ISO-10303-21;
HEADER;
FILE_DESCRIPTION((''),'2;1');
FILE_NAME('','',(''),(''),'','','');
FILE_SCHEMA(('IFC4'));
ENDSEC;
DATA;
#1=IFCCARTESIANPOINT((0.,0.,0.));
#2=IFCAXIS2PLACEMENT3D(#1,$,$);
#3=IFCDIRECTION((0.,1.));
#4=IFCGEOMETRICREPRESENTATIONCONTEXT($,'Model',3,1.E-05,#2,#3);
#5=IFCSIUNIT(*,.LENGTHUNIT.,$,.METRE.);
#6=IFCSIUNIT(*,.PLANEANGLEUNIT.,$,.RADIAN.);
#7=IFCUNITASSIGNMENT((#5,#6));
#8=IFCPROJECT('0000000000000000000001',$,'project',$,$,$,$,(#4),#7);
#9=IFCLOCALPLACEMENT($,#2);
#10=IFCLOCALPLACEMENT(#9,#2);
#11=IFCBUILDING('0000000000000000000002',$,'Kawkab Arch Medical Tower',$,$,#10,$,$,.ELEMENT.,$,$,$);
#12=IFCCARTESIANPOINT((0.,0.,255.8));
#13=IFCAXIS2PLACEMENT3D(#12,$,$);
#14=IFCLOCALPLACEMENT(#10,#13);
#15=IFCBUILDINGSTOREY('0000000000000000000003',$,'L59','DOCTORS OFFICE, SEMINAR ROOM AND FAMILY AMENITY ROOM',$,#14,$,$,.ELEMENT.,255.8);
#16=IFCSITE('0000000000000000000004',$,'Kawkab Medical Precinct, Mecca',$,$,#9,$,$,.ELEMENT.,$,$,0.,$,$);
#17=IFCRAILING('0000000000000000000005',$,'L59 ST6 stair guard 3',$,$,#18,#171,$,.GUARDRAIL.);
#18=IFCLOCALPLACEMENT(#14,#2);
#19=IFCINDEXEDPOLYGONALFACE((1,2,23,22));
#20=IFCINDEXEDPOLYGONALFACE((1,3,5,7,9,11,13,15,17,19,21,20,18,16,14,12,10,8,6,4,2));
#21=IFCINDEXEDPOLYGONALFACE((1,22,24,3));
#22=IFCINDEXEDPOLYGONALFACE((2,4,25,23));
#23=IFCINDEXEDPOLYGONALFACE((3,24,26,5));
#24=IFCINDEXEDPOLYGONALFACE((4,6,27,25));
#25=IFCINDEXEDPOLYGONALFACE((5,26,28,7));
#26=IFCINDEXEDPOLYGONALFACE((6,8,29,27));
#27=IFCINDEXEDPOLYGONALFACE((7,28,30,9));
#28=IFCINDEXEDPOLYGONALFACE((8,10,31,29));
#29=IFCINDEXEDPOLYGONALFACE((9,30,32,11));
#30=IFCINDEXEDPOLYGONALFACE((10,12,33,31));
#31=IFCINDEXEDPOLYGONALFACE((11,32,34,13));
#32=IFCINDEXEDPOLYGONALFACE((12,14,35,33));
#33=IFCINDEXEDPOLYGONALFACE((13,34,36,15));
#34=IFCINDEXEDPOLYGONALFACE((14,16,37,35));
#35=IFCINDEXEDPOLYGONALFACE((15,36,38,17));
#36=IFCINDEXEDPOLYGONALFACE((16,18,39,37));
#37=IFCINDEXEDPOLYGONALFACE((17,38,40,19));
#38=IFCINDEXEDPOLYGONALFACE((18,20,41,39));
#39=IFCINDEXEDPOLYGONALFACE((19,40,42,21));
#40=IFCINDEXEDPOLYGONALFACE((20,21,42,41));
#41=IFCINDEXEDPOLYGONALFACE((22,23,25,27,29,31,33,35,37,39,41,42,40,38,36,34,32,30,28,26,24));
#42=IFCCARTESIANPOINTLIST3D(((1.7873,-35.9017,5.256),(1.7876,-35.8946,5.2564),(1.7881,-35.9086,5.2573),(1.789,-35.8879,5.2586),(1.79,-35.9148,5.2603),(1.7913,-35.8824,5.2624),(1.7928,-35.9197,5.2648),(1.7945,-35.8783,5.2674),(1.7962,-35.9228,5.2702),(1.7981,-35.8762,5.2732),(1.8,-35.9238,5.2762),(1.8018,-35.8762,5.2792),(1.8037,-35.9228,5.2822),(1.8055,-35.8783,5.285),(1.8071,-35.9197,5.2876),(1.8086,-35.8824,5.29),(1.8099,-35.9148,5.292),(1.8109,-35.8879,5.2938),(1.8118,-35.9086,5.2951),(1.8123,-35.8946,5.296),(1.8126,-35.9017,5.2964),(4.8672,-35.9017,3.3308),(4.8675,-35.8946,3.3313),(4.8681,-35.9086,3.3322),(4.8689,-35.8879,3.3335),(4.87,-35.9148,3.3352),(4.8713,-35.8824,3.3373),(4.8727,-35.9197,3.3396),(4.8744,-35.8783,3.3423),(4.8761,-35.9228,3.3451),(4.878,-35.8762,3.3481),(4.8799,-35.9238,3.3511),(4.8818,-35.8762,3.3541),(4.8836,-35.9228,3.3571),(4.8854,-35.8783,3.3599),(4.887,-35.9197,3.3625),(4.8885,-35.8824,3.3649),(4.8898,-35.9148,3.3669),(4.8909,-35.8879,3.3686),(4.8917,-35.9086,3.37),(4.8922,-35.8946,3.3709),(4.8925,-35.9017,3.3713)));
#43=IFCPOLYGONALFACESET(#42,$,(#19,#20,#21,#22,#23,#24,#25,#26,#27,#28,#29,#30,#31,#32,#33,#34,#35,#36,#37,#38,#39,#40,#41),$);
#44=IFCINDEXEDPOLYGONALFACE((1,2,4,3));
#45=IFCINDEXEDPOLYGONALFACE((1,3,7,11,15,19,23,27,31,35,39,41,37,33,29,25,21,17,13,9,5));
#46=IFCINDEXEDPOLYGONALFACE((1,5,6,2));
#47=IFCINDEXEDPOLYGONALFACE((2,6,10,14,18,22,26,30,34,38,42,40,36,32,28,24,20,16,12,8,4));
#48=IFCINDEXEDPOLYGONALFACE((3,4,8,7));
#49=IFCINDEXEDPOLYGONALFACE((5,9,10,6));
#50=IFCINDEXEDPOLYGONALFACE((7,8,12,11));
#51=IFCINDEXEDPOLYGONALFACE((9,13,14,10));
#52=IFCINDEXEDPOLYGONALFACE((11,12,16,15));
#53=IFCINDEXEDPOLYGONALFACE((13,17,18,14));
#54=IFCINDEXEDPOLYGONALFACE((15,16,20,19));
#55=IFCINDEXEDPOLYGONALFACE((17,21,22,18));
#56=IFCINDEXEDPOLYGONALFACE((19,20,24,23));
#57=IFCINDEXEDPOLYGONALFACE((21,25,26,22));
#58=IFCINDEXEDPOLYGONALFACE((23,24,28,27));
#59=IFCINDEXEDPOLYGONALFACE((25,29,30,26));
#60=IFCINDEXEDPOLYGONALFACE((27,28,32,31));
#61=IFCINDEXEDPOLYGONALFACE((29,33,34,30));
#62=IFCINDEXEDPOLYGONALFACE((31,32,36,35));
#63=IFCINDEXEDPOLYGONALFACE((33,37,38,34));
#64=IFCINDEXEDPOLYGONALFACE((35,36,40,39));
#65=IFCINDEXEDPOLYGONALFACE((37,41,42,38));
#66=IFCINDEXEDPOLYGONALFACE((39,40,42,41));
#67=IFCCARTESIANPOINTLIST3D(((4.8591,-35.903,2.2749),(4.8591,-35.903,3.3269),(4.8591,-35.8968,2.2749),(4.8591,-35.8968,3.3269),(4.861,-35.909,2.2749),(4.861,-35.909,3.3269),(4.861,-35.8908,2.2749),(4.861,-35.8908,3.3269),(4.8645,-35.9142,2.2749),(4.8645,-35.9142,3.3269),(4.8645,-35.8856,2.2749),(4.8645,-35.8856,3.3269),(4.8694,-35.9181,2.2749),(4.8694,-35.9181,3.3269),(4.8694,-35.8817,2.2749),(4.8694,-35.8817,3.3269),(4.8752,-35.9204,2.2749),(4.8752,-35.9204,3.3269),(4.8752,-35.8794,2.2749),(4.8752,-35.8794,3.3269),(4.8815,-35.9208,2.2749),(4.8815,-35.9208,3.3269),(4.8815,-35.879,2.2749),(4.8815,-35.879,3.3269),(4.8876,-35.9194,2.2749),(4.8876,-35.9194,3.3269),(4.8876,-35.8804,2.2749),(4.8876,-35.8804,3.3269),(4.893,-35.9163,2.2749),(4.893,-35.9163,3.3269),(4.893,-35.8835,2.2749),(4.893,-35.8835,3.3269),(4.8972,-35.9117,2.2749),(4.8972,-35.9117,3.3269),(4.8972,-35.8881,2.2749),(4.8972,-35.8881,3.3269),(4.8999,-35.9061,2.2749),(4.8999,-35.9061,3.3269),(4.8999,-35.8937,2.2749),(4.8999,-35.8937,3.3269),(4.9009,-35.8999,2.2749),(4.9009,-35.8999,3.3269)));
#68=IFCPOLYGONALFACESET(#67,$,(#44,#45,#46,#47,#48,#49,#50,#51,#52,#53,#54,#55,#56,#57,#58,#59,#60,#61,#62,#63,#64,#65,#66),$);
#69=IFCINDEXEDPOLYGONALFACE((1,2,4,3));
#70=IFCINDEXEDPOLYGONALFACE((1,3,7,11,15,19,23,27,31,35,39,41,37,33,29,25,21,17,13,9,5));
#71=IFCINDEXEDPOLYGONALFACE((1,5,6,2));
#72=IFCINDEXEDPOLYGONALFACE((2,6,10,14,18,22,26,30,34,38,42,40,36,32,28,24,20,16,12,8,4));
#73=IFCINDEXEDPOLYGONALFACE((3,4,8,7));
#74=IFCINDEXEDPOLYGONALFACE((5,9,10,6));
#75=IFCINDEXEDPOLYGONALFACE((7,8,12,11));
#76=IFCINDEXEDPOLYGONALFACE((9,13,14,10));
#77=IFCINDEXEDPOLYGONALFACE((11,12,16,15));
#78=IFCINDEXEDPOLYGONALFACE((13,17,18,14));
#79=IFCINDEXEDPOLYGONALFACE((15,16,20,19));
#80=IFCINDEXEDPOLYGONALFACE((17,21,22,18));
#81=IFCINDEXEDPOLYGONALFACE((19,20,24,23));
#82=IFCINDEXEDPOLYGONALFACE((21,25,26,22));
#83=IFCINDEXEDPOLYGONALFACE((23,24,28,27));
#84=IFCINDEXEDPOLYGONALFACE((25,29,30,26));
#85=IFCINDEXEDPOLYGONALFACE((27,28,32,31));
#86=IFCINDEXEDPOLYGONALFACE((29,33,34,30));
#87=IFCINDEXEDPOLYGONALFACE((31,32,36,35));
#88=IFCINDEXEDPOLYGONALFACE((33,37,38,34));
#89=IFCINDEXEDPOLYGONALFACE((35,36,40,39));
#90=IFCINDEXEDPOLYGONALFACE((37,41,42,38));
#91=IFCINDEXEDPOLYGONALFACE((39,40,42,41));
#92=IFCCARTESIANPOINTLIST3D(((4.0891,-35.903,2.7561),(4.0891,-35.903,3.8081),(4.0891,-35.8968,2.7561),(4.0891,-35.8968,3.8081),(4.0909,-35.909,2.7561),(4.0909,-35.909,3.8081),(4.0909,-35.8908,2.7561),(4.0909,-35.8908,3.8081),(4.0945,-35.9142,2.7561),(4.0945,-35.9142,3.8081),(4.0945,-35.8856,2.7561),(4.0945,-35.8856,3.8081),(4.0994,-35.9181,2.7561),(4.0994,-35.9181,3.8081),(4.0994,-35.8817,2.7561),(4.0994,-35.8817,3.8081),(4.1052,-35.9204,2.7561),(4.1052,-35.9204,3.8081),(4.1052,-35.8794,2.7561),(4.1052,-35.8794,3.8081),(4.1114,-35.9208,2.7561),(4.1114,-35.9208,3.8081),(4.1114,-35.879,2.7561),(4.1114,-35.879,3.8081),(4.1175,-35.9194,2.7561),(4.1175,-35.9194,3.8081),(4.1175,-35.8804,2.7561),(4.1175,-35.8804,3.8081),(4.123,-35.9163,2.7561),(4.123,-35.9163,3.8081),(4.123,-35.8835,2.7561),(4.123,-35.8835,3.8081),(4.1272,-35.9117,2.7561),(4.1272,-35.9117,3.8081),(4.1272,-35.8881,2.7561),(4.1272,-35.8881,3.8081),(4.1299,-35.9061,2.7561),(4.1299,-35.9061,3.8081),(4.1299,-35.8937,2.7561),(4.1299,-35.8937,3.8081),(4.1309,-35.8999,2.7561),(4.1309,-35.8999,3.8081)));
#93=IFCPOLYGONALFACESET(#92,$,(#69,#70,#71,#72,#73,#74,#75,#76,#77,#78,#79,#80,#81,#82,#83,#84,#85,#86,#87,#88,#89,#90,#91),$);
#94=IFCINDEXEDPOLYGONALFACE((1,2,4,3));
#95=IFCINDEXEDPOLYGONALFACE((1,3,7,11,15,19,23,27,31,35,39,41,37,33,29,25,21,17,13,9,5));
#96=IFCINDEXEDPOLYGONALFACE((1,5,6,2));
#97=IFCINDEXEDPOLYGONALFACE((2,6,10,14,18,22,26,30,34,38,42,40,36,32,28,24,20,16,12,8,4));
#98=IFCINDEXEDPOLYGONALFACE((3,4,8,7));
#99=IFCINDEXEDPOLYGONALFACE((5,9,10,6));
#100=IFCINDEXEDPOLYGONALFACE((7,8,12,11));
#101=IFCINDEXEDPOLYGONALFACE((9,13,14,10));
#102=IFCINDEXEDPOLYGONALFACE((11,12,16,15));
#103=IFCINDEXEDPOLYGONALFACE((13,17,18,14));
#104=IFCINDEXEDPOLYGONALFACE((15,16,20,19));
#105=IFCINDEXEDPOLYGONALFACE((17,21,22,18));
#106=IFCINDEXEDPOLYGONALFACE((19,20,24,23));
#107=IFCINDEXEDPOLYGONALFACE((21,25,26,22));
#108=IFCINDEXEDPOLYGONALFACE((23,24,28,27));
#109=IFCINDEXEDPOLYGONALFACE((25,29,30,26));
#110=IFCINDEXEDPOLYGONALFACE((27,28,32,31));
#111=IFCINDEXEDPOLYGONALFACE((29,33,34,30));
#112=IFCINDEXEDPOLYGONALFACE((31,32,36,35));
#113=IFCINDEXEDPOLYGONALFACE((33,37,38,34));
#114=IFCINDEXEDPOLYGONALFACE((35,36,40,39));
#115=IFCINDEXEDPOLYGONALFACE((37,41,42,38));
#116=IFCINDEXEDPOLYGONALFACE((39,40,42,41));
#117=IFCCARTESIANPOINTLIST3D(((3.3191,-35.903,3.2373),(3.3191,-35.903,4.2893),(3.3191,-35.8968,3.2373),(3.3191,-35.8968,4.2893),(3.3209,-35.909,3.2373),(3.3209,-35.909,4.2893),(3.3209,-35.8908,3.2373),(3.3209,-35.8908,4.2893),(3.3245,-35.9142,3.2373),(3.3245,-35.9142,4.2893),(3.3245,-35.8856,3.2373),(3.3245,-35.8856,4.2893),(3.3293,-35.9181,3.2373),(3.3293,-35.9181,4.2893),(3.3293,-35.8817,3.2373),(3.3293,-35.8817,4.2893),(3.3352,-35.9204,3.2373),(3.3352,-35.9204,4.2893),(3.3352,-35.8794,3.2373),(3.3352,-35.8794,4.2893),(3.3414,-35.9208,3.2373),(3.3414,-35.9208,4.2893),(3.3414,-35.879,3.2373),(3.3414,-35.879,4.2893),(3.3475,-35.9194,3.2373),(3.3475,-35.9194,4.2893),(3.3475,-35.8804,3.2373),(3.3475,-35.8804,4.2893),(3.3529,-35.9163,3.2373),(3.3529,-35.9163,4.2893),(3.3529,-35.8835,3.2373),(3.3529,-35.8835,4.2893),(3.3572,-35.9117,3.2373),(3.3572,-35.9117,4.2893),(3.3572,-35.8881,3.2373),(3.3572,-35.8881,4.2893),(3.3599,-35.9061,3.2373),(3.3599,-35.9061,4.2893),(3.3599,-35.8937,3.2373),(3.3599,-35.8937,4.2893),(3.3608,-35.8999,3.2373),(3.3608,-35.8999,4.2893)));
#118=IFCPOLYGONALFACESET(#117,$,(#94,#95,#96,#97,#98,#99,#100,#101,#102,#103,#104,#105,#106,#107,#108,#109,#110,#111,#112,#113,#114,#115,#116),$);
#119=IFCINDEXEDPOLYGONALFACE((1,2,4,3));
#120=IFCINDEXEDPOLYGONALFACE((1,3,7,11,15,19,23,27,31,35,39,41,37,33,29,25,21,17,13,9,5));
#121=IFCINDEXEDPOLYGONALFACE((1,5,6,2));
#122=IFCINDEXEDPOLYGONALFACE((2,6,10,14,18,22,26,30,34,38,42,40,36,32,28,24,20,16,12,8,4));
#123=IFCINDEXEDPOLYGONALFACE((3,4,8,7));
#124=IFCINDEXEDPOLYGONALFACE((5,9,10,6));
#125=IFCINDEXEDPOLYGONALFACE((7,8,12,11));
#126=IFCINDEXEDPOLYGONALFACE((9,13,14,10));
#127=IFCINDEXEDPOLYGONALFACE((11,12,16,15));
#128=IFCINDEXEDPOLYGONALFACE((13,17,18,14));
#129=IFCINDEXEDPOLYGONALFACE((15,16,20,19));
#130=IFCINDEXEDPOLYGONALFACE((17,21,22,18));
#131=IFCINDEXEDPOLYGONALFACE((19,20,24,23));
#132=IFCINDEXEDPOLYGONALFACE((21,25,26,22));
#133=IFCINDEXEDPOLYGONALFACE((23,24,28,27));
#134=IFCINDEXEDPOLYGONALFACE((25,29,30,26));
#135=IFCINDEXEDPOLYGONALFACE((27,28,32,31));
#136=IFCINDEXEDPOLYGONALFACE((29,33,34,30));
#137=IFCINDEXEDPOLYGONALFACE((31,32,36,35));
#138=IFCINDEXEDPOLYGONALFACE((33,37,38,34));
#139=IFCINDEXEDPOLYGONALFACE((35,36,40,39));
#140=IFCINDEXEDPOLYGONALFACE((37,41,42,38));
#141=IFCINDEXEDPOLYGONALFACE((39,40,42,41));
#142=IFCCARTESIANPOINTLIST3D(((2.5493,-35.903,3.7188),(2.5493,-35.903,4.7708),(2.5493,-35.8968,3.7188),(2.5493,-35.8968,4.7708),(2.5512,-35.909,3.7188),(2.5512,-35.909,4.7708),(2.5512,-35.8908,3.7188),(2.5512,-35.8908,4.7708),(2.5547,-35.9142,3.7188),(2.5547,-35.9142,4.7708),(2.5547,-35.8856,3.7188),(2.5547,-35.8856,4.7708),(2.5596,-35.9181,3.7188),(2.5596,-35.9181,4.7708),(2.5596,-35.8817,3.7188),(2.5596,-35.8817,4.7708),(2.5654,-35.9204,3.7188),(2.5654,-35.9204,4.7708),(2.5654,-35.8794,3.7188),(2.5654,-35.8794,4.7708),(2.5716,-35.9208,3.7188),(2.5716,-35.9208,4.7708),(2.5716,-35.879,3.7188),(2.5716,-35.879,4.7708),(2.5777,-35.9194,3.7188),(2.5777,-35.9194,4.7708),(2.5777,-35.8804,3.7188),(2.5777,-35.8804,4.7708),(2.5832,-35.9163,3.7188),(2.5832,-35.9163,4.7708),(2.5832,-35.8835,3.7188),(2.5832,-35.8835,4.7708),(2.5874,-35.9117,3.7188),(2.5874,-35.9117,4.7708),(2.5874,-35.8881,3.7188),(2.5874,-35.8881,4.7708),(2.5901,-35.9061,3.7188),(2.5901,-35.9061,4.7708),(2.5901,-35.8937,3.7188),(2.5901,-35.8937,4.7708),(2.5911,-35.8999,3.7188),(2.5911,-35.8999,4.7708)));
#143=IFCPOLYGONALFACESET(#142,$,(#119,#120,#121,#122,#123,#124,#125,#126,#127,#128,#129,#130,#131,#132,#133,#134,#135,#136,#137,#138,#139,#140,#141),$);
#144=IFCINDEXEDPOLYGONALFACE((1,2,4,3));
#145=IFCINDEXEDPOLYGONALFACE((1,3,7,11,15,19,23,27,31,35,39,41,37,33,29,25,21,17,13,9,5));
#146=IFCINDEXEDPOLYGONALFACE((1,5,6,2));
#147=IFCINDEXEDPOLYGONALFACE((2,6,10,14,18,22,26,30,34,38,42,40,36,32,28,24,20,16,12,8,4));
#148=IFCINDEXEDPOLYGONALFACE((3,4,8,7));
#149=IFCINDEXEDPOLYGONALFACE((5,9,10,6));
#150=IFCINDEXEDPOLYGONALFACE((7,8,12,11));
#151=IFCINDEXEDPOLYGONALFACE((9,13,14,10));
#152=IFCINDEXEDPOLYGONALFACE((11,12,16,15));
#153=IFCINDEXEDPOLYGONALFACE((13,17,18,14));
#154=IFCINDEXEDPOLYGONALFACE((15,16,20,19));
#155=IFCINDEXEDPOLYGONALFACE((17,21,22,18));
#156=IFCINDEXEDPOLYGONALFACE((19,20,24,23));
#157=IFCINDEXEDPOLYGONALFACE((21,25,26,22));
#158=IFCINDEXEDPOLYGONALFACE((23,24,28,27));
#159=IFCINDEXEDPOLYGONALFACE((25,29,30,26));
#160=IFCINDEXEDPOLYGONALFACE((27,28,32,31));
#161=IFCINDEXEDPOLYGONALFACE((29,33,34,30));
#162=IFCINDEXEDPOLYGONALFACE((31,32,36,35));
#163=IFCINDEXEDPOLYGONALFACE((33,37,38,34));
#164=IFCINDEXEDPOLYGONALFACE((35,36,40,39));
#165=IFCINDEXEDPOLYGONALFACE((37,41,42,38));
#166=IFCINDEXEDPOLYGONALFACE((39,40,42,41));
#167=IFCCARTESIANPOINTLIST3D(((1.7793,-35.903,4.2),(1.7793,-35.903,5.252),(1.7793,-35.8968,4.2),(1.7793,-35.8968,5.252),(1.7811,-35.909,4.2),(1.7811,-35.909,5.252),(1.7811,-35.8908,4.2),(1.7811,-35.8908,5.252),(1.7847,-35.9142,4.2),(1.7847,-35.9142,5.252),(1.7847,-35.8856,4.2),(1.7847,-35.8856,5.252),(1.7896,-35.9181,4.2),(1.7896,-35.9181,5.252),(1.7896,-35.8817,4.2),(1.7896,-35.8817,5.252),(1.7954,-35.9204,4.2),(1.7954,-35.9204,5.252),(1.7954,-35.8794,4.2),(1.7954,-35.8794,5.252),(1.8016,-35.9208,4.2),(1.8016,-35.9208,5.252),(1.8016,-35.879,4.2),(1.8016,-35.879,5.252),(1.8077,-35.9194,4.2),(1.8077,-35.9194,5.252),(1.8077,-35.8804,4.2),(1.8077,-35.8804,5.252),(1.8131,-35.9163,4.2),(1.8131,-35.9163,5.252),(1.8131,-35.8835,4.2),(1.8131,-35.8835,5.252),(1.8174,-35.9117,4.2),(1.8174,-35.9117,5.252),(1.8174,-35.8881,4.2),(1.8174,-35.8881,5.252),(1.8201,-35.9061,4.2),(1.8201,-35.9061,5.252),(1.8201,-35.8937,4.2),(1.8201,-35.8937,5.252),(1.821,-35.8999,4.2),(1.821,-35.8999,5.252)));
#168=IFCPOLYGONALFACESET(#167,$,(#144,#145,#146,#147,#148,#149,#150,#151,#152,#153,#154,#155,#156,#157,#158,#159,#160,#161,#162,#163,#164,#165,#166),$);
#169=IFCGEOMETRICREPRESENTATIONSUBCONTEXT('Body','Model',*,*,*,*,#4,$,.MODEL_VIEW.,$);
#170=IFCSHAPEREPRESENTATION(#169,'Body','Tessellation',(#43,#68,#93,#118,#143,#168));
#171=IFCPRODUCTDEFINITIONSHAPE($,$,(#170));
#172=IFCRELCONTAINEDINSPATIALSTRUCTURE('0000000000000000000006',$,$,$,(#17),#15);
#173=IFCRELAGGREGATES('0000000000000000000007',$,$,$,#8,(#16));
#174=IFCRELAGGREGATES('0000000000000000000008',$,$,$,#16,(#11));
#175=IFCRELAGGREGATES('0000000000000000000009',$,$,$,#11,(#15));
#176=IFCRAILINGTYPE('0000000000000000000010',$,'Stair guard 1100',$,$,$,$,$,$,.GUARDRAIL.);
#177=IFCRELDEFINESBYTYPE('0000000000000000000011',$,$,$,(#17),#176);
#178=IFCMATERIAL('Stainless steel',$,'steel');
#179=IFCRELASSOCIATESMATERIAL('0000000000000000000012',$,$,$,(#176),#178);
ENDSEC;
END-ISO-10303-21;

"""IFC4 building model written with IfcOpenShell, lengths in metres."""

from ifc_helpers import new_model, si_unit, direction, frame, origin, origin_2d, place, context, subcontext, project, spatial, circle, extrude, material, type_object, element, save


model = new_model("IFC4")

# Units and contexts
model_context = context("Model", 3, precision=1e-05, world=origin(), true_north=direction((0.0, 1.0)))
body_context = subcontext(model_context, "Body", "Model", "MODEL_VIEW")
ifc_project = project(units=[si_unit("LENGTHUNIT", "METRE"), si_unit("PLANEANGLEUNIT", "RADIAN")], contexts=[model_context])

# Site, building, storey
site_placement = place(None, origin())
site = spatial("IfcSite", under=ifc_project, at=site_placement, Name="Kawkab Medical Precinct, Mecca", CompositionType="ELEMENT", RefElevation=0.0)
building_placement = place(site_placement, origin())
building = spatial("IfcBuilding", under=site, at=building_placement, Name="Kawkab Arch Medical Tower", CompositionType="ELEMENT")
storey_placement = place(building_placement, frame((0.0, 0.0, 255.8)))
storey = spatial("IfcBuildingStorey", under=building, at=storey_placement, Name="L59", Description="DOCTORS OFFICE, SEMINAR ROOM AND FAMILY AMENITY ROOM", CompositionType="ELEMENT", Elevation=255.8)

# Railing
ifc_material_1 = material(Name="Stainless steel", Category="steel")
railing_type = type_object("IfcRailingType", Name="Stair guard 1100", PredefinedType="GUARDRAIL", material=ifc_material_1)
railing_1_placement = place(storey_placement, frame((4.8799, -35.8999, 2.2749)))
element("IfcRailing", 1, at=railing_1_placement, inside=storey, type_object=railing_type, Name="L59 ST6 stair guard 3", PredefinedType="GUARDRAIL", context=body_context, shape_type="SweptSolid", body=[
    extrude(circle(Radius=0.0239, at=origin_2d()), frame((0.0, 0.0, 1.0762), z_axis=(-0.847979, 0.0, 0.530029), x_axis=(0.0, -1.0, 0.0)), (0.0, 0.0, 1.0), 3.6321),
    extrude(circle(Radius=0.021, at=origin_2d()), origin(), (0.0, 0.0, 1.0), 1.052),
    extrude(circle(Radius=0.021, at=origin_2d()), frame((-0.77, 0.0, 0.4812)), (0.0, 0.0, 1.0), 1.052),
    extrude(circle(Radius=0.021, at=origin_2d()), frame((-1.54, 0.0, 0.9624)), (0.0, 0.0, 1.0), 1.052),
    extrude(circle(Radius=0.021, at=origin_2d()), frame((-2.3098, 0.0, 1.4438)), (0.0, 0.0, 1.0), 1.052),
    extrude(circle(Radius=0.021, at=origin_2d()), frame((-3.0798, 0.0, 1.925)), (0.0, 0.0, 1.0), 1.052),
])

save(model, "model.ifc")
